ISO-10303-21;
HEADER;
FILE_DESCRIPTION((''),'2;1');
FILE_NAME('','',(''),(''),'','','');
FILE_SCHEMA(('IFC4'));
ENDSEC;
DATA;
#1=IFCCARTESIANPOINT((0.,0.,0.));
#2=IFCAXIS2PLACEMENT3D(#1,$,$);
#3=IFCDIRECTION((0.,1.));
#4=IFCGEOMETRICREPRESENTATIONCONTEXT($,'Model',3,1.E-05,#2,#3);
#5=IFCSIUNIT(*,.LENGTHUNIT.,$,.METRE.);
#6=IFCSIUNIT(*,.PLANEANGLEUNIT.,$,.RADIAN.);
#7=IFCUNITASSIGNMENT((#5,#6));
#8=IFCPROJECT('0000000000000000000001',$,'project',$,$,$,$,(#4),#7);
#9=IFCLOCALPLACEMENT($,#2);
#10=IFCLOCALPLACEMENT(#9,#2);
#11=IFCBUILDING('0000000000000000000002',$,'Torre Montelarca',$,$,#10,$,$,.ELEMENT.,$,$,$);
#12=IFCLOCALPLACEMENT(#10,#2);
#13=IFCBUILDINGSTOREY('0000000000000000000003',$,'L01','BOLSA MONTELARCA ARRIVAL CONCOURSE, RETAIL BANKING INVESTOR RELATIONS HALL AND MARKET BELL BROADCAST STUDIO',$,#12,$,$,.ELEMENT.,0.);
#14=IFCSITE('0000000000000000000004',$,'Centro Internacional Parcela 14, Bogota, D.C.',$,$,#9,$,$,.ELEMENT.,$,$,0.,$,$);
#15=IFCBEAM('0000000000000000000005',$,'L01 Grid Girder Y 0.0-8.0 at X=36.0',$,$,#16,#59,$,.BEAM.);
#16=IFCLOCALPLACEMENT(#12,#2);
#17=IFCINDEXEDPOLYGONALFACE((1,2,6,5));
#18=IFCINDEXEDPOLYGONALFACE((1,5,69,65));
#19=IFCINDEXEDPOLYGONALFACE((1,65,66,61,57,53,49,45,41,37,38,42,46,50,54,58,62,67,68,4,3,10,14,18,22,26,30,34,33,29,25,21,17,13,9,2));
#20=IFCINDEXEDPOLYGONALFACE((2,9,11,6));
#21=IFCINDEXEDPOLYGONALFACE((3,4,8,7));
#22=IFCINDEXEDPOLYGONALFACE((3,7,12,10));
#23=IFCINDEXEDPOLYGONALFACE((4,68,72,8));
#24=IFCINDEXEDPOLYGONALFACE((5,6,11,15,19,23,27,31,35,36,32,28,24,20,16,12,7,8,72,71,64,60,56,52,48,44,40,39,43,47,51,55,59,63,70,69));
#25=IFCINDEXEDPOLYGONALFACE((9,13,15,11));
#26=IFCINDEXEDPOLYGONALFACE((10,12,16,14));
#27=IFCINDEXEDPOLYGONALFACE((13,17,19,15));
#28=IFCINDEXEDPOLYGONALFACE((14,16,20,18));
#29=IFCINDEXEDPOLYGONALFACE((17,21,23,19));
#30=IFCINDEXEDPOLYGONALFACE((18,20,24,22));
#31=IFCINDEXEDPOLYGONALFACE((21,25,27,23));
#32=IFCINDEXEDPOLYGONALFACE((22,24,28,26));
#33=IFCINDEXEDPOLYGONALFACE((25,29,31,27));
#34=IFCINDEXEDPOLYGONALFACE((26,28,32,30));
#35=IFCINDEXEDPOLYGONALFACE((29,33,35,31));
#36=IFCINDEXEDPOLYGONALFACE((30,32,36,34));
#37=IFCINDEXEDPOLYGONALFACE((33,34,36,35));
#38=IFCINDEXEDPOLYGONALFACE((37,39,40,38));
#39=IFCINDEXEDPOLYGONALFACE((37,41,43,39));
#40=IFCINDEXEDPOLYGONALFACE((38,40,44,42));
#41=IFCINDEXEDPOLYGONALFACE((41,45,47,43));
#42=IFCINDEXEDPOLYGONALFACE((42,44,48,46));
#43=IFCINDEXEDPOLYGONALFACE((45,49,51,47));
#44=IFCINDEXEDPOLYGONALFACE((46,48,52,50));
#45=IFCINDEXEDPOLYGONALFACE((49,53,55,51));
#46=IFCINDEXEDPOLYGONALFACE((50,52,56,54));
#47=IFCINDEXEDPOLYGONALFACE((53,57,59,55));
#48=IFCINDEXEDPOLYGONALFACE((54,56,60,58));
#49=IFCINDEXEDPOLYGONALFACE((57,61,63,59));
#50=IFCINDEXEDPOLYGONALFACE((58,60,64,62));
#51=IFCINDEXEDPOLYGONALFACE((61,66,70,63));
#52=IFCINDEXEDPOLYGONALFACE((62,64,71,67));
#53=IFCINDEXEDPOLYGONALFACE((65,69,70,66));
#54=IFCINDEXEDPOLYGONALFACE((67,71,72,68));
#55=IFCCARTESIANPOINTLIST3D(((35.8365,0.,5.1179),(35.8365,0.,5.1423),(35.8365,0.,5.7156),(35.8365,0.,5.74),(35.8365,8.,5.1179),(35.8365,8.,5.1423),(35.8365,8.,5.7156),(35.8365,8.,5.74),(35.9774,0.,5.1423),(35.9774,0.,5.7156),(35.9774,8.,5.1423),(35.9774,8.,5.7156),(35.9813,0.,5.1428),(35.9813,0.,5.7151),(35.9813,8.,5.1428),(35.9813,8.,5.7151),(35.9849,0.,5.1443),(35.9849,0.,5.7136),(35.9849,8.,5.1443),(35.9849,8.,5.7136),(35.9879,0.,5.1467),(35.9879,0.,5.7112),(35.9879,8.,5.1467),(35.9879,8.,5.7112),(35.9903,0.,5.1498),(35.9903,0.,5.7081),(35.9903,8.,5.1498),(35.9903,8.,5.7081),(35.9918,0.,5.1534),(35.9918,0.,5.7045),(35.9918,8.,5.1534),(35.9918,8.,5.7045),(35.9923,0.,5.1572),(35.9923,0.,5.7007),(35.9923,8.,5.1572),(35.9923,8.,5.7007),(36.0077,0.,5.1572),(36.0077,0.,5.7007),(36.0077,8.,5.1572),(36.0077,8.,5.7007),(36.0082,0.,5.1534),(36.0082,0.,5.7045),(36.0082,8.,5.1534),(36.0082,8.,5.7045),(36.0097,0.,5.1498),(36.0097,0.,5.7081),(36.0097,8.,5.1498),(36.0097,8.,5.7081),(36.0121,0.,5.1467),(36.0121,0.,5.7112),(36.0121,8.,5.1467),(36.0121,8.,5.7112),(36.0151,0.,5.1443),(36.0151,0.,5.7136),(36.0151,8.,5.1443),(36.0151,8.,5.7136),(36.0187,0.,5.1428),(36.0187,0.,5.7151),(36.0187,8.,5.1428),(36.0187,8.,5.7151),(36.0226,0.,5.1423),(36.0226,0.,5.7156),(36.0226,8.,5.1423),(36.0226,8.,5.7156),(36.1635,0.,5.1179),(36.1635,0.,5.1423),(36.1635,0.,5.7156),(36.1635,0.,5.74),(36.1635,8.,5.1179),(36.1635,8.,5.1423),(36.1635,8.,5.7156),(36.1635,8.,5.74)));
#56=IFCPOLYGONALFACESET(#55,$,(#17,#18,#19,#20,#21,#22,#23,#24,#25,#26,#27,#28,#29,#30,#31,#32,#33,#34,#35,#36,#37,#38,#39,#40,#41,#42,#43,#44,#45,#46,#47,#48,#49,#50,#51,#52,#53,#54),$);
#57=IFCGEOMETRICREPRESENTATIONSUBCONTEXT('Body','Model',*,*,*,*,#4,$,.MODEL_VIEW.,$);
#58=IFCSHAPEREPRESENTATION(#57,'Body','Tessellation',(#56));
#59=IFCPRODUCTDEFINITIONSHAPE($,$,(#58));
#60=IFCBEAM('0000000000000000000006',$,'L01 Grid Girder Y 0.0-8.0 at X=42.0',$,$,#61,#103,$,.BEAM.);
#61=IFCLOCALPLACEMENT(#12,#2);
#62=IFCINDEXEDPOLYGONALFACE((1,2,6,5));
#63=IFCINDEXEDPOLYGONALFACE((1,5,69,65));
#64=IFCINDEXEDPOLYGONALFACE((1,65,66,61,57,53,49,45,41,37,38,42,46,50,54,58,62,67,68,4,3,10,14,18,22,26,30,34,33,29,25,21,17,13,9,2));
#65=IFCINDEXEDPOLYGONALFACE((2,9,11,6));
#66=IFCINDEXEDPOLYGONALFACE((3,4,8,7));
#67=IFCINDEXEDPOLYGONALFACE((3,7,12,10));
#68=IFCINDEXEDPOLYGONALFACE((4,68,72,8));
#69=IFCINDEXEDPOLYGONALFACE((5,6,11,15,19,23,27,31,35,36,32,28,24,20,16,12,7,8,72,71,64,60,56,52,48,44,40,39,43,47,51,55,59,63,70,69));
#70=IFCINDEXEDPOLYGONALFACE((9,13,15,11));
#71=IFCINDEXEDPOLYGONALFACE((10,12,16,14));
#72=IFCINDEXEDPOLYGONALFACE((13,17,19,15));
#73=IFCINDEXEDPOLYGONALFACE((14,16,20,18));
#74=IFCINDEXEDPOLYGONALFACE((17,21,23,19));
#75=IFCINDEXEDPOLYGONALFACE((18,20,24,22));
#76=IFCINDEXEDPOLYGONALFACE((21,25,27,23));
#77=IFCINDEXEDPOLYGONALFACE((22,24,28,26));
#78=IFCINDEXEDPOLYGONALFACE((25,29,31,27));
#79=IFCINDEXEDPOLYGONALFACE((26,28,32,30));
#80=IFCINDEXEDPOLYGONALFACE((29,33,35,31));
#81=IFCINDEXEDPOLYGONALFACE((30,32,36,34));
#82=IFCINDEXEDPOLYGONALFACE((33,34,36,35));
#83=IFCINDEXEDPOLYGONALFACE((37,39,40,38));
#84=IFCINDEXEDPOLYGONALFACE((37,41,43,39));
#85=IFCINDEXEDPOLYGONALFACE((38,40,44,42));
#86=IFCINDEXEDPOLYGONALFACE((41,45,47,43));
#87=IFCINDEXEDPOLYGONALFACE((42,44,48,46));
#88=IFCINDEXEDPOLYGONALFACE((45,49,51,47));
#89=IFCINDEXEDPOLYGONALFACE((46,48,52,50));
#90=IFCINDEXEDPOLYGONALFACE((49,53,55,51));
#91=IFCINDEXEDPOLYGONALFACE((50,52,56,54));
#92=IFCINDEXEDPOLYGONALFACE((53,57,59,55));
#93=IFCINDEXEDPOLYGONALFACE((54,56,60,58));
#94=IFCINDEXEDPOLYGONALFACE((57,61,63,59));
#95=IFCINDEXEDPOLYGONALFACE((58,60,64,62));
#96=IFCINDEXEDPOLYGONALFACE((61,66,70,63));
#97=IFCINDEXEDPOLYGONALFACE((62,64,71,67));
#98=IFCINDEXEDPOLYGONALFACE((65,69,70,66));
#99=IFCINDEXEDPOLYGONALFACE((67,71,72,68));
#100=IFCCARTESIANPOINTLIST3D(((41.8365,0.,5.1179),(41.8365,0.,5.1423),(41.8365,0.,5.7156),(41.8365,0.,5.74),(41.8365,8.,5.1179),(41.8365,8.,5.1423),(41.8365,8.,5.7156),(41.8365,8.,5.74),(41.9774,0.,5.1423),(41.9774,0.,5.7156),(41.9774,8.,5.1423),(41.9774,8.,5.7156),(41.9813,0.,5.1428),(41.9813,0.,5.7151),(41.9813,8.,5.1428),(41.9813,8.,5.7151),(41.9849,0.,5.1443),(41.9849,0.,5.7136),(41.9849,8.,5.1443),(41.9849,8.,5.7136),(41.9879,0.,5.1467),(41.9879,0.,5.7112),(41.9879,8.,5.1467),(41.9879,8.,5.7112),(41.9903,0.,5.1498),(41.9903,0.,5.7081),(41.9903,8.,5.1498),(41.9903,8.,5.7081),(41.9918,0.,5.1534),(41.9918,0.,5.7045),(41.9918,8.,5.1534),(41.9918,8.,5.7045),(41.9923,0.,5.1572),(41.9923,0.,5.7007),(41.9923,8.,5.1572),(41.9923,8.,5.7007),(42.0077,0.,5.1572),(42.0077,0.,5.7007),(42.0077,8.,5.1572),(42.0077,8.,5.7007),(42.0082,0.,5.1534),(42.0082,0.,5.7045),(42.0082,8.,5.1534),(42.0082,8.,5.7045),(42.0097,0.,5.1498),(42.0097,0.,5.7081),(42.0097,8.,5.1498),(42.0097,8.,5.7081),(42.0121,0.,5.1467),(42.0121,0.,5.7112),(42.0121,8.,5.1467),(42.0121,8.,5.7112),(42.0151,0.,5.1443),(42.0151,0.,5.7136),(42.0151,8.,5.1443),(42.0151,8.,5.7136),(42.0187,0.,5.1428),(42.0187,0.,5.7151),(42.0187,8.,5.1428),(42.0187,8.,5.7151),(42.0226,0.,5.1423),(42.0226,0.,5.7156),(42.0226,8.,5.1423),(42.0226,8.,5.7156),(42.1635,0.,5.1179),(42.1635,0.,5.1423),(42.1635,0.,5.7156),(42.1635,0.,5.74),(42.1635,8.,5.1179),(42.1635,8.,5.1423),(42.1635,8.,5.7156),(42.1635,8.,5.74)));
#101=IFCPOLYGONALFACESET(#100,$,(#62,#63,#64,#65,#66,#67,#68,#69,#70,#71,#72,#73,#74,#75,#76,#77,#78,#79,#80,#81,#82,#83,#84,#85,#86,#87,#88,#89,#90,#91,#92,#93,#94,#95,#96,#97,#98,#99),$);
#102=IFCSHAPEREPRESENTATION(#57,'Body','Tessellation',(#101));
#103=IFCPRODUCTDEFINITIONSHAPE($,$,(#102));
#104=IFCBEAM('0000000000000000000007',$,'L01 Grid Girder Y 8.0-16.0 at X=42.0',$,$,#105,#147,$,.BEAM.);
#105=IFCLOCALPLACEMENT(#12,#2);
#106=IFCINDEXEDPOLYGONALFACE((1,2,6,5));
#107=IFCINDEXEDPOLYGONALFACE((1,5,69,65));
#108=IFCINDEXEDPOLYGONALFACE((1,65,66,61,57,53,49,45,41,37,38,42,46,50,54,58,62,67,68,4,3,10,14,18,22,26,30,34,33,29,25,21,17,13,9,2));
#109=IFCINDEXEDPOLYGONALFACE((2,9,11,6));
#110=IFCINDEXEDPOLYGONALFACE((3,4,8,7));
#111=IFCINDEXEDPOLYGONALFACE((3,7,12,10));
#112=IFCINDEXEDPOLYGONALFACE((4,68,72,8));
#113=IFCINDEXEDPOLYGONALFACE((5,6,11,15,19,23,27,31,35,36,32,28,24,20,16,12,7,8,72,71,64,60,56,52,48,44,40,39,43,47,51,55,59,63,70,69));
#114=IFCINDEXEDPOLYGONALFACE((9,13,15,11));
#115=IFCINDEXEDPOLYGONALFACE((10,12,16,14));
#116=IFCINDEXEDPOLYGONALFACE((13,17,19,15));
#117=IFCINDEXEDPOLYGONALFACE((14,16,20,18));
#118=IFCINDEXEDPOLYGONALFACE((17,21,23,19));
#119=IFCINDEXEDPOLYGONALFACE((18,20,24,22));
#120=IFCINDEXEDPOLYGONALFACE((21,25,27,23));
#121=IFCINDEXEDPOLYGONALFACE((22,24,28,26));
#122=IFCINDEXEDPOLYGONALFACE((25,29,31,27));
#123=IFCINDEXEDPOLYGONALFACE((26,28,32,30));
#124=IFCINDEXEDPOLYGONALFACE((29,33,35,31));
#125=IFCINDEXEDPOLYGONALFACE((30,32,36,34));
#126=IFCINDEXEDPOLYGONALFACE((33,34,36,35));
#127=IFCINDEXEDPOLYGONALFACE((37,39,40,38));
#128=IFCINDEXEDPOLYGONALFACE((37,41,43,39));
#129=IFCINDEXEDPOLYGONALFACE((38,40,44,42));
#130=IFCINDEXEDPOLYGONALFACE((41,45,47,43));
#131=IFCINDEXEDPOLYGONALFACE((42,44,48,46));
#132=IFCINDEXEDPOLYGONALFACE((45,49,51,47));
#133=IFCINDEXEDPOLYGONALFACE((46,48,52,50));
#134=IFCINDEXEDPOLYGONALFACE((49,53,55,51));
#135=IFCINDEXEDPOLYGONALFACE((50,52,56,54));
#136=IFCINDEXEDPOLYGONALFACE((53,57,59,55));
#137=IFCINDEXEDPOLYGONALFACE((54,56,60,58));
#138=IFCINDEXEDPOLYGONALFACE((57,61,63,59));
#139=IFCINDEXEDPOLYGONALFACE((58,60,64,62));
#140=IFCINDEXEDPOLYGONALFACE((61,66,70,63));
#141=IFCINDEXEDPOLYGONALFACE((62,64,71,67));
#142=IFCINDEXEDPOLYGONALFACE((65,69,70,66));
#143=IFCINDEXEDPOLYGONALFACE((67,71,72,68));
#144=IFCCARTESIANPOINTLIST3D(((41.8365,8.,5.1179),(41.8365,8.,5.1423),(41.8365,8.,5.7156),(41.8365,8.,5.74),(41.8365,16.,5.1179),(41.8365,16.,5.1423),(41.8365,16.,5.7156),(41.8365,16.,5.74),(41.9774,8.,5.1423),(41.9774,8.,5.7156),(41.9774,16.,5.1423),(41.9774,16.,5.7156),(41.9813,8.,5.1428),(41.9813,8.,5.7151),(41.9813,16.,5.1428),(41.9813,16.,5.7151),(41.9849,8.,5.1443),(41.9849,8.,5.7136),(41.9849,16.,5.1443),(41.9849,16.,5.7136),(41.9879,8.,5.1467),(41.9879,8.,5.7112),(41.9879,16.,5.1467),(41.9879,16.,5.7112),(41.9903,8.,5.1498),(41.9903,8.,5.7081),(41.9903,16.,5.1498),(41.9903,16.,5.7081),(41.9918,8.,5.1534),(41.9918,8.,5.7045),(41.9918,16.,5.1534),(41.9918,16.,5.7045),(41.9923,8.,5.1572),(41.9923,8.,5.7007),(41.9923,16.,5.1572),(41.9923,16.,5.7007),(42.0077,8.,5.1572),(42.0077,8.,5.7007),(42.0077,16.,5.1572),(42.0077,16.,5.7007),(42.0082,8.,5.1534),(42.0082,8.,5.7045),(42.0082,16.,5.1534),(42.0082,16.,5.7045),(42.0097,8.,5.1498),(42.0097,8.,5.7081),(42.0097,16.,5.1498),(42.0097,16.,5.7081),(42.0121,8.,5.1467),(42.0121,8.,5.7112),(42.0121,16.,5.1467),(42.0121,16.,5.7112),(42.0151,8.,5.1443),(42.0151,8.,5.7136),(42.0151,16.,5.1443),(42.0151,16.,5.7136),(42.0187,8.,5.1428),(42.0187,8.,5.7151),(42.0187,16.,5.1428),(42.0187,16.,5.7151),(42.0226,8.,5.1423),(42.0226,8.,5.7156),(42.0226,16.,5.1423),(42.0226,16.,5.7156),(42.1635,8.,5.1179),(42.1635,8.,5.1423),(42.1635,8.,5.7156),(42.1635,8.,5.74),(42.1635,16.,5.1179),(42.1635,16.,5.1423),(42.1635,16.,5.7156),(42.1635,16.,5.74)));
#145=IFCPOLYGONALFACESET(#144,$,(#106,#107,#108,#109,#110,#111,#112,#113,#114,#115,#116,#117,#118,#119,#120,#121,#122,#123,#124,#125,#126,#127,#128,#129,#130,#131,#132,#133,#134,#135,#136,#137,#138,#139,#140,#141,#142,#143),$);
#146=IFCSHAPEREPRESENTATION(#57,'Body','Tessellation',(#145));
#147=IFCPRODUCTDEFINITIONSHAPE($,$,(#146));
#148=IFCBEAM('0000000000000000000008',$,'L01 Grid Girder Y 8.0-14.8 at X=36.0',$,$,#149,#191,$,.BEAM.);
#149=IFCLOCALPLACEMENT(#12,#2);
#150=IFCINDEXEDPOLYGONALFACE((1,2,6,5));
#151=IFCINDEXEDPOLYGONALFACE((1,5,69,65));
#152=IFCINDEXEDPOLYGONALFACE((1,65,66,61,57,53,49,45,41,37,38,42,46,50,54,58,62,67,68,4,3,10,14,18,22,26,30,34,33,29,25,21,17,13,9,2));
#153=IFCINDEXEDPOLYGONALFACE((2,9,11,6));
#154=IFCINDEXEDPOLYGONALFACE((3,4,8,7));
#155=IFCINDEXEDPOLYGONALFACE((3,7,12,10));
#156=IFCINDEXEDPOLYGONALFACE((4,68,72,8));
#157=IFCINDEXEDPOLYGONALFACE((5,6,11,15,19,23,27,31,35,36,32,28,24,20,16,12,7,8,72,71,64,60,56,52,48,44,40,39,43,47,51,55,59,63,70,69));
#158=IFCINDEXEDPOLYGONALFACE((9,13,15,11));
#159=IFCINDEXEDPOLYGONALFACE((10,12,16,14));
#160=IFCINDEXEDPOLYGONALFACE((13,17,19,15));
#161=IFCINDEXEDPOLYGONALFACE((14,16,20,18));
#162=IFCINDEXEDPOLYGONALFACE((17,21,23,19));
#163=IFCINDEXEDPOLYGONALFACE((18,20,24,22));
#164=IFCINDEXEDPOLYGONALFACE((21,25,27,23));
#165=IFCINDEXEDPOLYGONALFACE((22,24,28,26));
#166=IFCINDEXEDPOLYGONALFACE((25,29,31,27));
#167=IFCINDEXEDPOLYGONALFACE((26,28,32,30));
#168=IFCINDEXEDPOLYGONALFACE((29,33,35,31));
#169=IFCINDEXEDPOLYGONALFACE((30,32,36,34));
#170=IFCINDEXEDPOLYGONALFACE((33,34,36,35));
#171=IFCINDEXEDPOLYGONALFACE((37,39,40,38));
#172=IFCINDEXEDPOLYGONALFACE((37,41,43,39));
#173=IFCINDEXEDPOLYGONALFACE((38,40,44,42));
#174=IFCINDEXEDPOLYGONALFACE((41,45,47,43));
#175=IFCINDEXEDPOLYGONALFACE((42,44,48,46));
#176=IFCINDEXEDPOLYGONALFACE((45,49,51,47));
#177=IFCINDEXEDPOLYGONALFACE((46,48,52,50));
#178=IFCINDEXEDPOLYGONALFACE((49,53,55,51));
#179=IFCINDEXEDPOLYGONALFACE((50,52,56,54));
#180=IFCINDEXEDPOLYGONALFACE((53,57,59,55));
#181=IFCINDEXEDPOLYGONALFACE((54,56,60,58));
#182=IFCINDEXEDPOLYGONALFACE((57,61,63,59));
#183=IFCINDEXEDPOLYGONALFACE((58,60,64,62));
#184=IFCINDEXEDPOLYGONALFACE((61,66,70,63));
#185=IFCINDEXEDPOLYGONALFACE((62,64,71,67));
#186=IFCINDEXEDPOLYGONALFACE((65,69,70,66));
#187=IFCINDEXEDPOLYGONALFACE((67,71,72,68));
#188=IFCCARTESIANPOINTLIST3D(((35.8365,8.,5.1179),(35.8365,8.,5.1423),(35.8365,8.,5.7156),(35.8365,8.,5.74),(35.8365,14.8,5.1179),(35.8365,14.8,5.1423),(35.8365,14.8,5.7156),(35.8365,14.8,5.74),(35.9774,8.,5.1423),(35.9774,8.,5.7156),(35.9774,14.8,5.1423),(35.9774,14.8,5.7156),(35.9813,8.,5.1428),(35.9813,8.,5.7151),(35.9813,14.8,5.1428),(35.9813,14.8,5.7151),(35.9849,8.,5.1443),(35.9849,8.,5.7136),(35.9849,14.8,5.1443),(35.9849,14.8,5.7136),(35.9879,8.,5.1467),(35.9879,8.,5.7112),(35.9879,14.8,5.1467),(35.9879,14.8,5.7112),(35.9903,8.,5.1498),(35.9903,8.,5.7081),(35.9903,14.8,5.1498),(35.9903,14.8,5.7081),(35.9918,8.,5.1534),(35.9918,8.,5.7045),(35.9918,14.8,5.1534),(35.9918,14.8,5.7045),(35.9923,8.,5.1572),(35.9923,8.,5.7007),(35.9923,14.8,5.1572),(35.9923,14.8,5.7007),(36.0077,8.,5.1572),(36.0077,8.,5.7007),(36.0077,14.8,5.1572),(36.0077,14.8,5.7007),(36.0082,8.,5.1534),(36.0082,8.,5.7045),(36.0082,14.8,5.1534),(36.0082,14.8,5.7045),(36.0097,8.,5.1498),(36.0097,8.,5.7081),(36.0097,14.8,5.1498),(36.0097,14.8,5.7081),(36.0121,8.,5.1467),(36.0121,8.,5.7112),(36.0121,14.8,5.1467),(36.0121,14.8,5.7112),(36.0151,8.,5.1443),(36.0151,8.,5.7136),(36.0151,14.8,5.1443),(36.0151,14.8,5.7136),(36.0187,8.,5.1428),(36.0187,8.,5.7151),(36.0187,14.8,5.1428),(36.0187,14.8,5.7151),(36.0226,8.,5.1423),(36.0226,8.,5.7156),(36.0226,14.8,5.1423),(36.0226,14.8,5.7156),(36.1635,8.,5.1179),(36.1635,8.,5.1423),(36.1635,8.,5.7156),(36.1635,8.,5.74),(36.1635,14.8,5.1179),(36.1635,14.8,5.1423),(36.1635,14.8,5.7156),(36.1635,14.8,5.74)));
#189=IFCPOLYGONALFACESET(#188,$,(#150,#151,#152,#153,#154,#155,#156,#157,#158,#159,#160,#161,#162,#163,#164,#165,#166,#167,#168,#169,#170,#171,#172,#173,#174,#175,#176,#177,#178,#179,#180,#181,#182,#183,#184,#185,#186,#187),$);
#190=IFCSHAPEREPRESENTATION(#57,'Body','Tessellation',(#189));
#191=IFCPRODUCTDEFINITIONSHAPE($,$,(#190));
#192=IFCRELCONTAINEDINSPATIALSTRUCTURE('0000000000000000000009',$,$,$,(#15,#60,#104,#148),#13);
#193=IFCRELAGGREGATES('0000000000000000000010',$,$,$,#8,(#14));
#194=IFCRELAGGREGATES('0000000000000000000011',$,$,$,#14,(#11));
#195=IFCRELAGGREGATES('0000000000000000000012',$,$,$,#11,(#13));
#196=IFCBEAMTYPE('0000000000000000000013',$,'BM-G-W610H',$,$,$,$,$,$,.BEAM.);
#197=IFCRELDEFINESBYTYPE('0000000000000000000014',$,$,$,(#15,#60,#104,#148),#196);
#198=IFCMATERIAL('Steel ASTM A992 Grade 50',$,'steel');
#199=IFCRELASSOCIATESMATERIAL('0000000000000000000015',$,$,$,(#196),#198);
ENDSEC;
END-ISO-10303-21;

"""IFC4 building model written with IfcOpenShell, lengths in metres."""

from ifc_helpers import new_model, si_unit, direction, frame, origin, origin_2d, place, context, subcontext, project, spatial, i_section, extrude, source, transform, mapped, material, material_profile, profile_set, type_object, element, save


model = new_model("IFC4")

# Units and contexts
model_context = context("Model", 3, precision=1e-05, world=origin(), true_north=direction((0.0, 1.0)))
body_context = subcontext(model_context, "Body", "Model", "MODEL_VIEW")
ifc_project = project(units=[si_unit("LENGTHUNIT", "METRE"), si_unit("PLANEANGLEUNIT", "RADIAN")], contexts=[model_context])

# Site, building, storey
site_placement = place(None, origin())
site = spatial("IfcSite", under=ifc_project, at=site_placement, Name="Centro Internacional Parcela 14, Bogota, D.C.", CompositionType="ELEMENT", RefElevation=0.0)
building_placement = place(site_placement, origin())
building = spatial("IfcBuilding", under=site, at=building_placement, Name="Torre Montelarca", CompositionType="ELEMENT")
storey_placement = place(building_placement, origin())
storey = spatial("IfcBuildingStorey", under=building, at=storey_placement, Name="L01", Description="BOLSA MONTELARCA ARRIVAL CONCOURSE, RETAIL BANKING INVESTOR RELATIONS HALL AND MARKET BELL BROADCAST STUDIO", CompositionType="ELEMENT", Elevation=0.0)

# Beams
ifc_material_1 = material(Name="Steel ASTM A992 Grade 50", Category="steel")
ifc_material_profile_1 = material_profile(ifc_material_1, i_section(OverallWidth=0.3269, OverallDepth=0.6221, WebThickness=0.0154, FlangeThickness=0.0244, FilletRadius=0.0149, at=origin_2d()), Name="W610X195", Category="steel")
ifc_profile_set_1 = profile_set([ifc_material_profile_1], Name="Steel ASTM A992 Grade 50")
beam_type_1 = type_object("IfcBeamType", Name="BM-G-W610H", PredefinedType="BEAM", material=ifc_profile_set_1)
shared_shape_1 = source(origin(), body_context, "Body", "SweptSolid", [
    extrude(i_section(OverallWidth=0.3269, OverallDepth=0.6221, WebThickness=0.0154, FlangeThickness=0.0244, FilletRadius=0.0149, at=origin_2d()), origin(), (0.0, 0.0, 1.0), 8.0),
])
for number, where, z_axis, x_axis, name in (
    (1, (36.0, 0.0, 5.429), (0.0, 1.0, 0.0), (-1.0, 0.0, 0.0), "L01 Grid Girder Y 0.0-8.0 at X=36.0"),
    (2, (42.0, 0.0, 5.429), (0.0, 1.0, 0.0), (-1.0, 0.0, 0.0), "L01 Grid Girder Y 0.0-8.0 at X=42.0"),
    (3, (42.0, 8.0, 5.429), (0.0, 1.0, 0.0), (-1.0, 0.0, 0.0), "L01 Grid Girder Y 8.0-16.0 at X=42.0"),
):
    element("IfcBeam", number, at=place(storey_placement, frame(where, z_axis=z_axis, x_axis=x_axis)), inside=storey, type_object=beam_type_1, Name=name, PredefinedType="BEAM", context=body_context, shape_type="MappedRepresentation", body=[
        mapped(shared_shape_1, transform((0.0, 0.0, 0.0), scale=1.0)),
    ])
shared_shape_2 = source(origin(), body_context, "Body", "SweptSolid", [
    extrude(i_section(OverallWidth=0.3269, OverallDepth=0.6221, WebThickness=0.0154, FlangeThickness=0.0244, FilletRadius=0.0149, at=origin_2d()), origin(), (0.0, 0.0, 1.0), 6.8),
])
beam_1_placement = place(storey_placement, frame((36.0, 8.0, 5.429), z_axis=(0.0, 1.0, 0.0), x_axis=(-1.0, 0.0, 0.0)))
element("IfcBeam", 4, at=beam_1_placement, inside=storey, type_object=beam_type_1, Name="L01 Grid Girder Y 8.0-14.8 at X=36.0", PredefinedType="BEAM", context=body_context, shape_type="MappedRepresentation", body=[
    mapped(shared_shape_2, transform((0.0, 0.0, 0.0), scale=1.0)),
])

save(model, "model.ifc")
